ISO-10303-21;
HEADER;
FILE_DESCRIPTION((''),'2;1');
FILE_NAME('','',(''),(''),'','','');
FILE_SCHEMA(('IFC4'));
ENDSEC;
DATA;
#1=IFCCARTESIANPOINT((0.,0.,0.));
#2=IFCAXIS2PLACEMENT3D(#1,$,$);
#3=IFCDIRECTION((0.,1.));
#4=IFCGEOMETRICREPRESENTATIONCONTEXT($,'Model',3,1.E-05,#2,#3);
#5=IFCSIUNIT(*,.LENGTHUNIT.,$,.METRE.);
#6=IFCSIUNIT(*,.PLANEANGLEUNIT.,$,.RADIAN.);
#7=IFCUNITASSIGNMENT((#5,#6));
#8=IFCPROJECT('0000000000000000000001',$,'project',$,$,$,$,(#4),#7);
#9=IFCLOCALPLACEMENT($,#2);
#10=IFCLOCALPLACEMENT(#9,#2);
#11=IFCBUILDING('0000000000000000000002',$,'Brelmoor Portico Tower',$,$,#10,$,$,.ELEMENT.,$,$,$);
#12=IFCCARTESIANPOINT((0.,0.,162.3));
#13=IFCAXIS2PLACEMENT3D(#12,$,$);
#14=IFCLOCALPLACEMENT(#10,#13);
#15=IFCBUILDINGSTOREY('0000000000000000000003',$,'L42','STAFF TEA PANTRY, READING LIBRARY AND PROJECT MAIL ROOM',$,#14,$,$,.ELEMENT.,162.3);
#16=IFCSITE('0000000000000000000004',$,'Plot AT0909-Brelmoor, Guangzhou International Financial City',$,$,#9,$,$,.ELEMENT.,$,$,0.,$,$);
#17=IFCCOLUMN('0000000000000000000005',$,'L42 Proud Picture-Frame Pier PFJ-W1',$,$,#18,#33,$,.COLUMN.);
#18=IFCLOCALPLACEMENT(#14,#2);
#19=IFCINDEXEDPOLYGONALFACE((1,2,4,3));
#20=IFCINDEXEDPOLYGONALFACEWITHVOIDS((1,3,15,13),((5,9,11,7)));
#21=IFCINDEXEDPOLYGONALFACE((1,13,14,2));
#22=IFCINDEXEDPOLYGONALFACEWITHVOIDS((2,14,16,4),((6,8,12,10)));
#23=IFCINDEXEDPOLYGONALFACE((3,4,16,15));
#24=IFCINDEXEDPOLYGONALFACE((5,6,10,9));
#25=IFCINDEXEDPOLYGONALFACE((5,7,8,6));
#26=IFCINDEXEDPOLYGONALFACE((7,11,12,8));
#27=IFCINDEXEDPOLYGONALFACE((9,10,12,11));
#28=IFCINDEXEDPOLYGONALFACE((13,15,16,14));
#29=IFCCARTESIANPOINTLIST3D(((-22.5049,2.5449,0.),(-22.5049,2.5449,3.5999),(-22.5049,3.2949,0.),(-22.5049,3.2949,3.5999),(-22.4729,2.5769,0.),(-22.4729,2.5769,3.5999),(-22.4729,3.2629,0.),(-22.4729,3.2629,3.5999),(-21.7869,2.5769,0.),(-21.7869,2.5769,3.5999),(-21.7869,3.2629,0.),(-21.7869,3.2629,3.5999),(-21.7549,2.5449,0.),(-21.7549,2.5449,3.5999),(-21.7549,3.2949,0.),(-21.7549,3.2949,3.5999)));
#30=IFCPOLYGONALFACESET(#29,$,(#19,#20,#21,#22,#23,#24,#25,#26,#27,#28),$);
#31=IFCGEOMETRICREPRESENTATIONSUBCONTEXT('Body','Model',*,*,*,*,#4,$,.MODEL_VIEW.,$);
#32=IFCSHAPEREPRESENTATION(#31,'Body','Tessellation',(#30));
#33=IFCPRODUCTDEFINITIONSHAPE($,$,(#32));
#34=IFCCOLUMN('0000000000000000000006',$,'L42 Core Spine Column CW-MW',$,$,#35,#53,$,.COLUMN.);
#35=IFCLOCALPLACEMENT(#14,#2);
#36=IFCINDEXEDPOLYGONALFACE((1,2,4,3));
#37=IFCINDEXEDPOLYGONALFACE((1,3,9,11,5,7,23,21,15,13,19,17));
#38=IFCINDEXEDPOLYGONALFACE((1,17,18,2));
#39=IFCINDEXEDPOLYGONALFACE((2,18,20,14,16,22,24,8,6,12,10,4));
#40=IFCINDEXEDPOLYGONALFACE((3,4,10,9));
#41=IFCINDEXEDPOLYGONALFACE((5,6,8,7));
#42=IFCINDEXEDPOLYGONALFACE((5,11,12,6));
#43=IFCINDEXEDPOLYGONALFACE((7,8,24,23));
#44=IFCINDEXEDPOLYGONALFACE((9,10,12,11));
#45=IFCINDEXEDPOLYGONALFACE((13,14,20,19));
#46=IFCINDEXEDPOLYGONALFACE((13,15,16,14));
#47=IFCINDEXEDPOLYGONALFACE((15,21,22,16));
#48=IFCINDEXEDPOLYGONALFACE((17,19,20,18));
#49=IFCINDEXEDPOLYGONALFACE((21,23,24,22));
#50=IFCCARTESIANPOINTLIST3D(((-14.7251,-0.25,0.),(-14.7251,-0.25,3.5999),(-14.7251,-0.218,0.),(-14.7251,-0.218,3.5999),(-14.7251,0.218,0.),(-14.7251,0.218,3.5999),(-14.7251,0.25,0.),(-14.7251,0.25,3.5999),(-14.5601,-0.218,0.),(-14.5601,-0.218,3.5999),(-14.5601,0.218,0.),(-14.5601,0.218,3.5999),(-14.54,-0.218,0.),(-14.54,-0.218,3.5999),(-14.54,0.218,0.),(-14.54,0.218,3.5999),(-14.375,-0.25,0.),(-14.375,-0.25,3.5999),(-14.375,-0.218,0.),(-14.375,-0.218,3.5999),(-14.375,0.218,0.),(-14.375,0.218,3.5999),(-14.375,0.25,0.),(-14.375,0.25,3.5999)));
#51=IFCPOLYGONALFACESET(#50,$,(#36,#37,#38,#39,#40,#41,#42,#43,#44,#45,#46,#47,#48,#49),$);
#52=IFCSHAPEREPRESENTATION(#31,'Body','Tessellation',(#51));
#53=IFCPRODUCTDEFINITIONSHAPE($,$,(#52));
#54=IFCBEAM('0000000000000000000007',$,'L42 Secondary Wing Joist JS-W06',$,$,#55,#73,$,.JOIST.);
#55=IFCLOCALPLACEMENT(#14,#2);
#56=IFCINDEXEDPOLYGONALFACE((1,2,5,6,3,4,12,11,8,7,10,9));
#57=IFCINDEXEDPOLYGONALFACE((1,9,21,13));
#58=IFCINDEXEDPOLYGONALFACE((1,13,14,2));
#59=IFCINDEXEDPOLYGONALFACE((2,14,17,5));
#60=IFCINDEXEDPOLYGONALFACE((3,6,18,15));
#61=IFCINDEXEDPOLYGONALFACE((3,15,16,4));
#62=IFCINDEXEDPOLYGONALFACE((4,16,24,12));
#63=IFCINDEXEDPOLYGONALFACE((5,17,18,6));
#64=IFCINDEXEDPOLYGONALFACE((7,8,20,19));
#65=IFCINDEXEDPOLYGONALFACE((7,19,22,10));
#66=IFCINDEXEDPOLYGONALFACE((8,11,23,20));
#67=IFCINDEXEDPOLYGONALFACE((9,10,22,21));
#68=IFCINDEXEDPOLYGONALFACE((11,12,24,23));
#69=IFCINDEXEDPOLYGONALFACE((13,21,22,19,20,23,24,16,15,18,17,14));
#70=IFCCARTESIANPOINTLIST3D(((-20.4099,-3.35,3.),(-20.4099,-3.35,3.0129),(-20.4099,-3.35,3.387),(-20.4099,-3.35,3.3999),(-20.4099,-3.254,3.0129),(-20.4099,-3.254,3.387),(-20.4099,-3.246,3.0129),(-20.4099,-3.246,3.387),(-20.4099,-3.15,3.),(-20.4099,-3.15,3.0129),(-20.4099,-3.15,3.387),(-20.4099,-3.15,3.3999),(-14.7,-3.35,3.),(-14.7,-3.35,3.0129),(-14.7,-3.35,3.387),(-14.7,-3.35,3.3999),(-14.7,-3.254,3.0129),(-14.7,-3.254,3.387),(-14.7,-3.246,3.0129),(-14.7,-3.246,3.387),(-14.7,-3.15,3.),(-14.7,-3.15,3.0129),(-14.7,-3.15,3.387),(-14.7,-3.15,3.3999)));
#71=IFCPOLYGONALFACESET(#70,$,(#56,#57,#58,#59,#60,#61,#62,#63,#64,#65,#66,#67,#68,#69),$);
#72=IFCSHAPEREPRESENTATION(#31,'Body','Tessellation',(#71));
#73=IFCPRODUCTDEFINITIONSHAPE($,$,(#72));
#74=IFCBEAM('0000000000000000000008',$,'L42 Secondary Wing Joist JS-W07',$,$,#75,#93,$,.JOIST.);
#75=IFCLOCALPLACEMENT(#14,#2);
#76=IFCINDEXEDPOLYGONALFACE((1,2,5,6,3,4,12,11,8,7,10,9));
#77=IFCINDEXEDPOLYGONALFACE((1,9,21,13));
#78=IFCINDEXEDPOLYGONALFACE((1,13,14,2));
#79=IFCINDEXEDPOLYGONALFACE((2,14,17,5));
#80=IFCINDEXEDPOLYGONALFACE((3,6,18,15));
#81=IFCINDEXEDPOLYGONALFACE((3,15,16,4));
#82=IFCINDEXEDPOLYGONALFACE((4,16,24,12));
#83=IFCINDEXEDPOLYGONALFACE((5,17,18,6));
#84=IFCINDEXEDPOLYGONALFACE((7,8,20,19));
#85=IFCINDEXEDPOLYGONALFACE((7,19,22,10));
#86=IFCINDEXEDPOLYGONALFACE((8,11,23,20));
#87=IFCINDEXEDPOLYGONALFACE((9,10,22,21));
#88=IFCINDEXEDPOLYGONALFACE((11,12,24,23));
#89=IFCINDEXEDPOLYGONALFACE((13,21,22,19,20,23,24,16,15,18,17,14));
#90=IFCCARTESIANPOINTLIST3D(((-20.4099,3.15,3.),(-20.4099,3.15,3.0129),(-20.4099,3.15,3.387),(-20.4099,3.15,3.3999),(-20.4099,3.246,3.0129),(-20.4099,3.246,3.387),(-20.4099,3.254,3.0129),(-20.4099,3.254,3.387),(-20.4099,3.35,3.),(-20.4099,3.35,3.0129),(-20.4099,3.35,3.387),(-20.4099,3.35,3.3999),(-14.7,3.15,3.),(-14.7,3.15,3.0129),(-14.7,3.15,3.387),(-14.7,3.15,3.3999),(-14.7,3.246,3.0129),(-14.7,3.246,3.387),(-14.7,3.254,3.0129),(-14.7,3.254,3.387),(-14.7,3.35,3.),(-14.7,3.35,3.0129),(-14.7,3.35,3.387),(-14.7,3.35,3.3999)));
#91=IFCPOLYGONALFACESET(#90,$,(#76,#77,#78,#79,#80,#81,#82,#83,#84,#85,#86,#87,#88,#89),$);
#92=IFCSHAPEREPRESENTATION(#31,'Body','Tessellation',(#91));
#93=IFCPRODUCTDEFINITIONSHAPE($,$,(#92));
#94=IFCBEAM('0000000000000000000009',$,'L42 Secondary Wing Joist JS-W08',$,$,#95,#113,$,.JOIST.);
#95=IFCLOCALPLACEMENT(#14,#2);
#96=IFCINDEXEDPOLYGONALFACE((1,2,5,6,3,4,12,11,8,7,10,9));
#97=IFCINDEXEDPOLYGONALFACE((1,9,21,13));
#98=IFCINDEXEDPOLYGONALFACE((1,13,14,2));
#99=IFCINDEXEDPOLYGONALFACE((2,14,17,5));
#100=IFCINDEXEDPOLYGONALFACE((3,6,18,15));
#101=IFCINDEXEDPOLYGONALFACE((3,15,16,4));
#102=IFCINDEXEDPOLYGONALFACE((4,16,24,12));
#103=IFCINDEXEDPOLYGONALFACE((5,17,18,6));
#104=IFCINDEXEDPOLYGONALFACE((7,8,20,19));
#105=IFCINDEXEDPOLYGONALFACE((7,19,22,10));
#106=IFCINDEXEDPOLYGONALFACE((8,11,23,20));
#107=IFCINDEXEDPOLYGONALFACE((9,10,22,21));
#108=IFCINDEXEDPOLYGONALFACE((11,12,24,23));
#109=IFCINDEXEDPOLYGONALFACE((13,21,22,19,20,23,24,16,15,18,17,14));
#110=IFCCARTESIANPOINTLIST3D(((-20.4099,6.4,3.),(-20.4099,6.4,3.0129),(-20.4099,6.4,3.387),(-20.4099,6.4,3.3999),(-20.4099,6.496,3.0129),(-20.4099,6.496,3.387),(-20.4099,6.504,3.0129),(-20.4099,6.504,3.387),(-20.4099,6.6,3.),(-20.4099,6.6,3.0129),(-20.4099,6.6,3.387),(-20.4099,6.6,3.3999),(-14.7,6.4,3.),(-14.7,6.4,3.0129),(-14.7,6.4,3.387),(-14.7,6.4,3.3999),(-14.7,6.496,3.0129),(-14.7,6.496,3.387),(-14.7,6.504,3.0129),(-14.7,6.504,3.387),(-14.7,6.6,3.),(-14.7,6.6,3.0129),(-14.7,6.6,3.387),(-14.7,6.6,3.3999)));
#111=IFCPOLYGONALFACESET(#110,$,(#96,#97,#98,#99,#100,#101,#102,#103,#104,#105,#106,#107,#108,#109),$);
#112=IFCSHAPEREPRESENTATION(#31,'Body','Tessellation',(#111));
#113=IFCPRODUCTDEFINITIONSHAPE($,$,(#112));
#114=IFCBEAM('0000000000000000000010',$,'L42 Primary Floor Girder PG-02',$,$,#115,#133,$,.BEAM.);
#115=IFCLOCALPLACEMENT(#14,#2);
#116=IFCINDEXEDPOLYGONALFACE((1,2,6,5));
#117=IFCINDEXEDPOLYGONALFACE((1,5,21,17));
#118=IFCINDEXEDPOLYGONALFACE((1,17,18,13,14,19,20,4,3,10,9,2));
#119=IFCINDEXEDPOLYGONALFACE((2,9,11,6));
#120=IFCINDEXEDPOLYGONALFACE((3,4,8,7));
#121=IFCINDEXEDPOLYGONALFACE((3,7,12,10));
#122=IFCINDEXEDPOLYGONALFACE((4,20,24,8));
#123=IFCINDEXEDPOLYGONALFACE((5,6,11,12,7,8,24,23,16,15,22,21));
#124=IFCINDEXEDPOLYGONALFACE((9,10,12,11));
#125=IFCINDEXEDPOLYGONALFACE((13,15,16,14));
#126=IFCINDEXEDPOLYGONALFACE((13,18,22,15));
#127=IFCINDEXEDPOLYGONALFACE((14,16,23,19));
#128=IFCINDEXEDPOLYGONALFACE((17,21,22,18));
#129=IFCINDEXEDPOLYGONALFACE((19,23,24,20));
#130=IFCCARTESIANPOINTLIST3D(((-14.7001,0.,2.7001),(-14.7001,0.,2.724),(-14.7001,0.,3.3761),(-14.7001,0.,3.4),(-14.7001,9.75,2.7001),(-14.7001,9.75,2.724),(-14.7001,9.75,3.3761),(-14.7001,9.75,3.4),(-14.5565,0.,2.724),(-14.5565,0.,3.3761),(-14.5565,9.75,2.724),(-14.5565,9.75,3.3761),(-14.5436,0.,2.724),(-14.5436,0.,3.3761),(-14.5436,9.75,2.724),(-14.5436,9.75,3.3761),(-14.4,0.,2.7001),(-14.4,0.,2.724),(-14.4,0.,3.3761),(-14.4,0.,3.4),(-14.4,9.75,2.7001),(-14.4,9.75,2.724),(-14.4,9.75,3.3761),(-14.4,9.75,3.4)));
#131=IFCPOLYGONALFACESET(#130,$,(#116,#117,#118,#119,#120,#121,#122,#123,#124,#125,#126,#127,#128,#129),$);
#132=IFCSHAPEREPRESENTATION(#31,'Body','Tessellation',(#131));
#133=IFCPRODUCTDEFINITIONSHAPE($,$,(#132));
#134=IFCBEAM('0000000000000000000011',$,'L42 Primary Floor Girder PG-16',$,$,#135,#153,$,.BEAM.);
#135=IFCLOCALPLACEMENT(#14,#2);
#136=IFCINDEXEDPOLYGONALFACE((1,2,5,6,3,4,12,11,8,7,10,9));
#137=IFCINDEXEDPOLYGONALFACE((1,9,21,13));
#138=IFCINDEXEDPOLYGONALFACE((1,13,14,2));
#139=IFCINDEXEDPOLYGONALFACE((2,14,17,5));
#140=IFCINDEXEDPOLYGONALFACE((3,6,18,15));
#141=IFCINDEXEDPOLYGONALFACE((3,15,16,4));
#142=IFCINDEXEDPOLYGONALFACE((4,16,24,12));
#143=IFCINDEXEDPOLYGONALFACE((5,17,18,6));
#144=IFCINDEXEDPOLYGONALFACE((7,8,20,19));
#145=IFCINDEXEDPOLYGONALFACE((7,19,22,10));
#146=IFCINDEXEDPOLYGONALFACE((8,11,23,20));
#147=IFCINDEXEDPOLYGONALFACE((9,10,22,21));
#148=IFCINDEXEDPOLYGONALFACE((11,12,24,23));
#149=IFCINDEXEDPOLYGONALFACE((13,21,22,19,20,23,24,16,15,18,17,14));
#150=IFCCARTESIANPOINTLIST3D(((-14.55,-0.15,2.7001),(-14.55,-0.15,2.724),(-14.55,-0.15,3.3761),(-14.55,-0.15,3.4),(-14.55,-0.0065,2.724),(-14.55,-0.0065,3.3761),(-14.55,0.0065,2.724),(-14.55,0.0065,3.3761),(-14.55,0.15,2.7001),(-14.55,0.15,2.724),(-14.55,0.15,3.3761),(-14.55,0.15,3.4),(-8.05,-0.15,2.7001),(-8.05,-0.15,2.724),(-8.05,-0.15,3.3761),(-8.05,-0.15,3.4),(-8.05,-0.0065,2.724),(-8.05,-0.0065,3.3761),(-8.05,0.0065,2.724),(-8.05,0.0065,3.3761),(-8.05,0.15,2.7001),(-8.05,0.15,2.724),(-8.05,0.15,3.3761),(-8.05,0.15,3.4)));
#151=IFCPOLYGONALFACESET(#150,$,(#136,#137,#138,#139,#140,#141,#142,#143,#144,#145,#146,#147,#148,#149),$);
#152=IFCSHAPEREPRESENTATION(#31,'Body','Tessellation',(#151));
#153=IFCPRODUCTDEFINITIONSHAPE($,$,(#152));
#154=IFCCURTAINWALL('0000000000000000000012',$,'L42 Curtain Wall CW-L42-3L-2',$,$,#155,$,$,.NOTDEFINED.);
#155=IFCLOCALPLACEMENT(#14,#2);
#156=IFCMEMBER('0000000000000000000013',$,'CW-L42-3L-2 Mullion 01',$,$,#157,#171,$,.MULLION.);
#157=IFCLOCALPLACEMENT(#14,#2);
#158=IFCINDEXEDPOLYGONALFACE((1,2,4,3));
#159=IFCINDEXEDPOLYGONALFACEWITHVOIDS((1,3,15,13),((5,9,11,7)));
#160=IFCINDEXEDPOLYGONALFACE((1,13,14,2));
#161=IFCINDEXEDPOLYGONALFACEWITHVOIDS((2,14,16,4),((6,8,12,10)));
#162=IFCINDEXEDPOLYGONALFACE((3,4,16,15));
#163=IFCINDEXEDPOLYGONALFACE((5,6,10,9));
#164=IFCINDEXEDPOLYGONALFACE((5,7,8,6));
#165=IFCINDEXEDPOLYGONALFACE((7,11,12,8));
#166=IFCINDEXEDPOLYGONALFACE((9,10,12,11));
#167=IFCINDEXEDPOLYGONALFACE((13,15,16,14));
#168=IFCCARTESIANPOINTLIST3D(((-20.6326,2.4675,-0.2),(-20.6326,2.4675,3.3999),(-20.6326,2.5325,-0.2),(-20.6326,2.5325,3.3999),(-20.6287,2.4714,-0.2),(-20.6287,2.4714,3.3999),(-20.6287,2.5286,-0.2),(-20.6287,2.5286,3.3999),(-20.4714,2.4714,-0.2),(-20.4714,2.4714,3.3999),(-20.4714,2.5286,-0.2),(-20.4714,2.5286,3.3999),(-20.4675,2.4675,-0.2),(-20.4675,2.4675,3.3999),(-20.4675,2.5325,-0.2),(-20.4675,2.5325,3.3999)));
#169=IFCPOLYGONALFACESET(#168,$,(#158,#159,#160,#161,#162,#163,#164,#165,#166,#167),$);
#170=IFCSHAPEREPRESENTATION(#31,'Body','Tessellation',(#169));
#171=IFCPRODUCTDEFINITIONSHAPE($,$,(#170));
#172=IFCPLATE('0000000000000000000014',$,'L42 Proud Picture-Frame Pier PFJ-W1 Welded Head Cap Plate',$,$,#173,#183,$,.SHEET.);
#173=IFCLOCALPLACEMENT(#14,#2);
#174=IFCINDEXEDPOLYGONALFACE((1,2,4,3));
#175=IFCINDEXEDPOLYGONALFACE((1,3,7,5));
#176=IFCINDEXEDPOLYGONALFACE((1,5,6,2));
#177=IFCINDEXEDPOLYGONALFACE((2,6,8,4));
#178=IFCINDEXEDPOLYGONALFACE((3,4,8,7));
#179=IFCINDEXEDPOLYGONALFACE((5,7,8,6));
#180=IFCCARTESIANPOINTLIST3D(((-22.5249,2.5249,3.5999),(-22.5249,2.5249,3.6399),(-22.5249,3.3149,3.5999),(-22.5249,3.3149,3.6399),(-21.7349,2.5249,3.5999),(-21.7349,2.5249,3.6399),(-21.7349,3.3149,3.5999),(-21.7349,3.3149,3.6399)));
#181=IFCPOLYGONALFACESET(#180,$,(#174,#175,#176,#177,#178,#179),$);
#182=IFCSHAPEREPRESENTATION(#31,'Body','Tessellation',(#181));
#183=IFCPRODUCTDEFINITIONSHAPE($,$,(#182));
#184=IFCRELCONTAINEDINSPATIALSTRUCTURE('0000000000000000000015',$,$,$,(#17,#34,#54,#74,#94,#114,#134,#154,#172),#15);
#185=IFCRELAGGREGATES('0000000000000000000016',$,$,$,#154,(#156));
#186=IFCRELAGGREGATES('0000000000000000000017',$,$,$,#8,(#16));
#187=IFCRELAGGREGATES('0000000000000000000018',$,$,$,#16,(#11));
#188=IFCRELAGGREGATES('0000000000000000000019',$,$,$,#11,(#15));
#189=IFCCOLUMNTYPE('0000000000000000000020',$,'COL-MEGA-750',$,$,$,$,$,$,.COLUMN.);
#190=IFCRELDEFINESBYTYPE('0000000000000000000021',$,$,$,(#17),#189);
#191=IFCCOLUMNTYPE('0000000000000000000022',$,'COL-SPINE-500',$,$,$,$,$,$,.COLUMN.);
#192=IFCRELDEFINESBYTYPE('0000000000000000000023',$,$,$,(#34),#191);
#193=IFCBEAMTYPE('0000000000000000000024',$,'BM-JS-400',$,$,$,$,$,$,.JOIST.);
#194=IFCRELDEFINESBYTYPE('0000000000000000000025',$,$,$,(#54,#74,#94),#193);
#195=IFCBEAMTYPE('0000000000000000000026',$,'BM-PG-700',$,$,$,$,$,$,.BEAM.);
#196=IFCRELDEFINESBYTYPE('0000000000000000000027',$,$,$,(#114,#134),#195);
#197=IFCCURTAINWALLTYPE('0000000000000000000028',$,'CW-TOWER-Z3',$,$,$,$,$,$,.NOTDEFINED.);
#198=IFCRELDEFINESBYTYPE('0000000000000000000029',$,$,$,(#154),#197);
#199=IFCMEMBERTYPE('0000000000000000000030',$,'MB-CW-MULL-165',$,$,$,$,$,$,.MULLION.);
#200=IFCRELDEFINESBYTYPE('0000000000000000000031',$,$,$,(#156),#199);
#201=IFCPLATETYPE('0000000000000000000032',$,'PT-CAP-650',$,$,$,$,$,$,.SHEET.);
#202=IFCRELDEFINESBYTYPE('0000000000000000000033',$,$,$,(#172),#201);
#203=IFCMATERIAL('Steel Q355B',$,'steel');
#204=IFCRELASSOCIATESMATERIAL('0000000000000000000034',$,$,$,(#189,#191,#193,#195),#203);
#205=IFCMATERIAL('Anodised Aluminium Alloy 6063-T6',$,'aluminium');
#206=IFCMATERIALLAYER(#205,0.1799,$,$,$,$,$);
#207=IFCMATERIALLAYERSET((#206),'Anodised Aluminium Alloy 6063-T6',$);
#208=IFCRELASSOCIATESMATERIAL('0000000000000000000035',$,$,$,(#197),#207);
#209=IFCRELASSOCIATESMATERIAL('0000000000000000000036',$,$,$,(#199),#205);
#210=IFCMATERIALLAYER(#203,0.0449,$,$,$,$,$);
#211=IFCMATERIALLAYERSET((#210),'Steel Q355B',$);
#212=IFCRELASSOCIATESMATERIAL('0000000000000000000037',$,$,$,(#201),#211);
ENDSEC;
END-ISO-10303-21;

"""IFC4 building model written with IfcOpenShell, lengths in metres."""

from ifc_helpers import new_model, si_unit, direction, frame, origin, origin_2d, place, context, subcontext, project, spatial, rectangle, hollow_rectangle, i_section, extrude, material, layer, layer_set, material_profile, profile_set, type_object, element, aggregate, save


model = new_model("IFC4")

# Units and contexts
model_context = context("Model", 3, precision=1e-05, world=origin(), true_north=direction((0.0, 1.0)))
body_context = subcontext(model_context, "Body", "Model", "MODEL_VIEW")
ifc_project = project(units=[si_unit("LENGTHUNIT", "METRE"), si_unit("PLANEANGLEUNIT", "RADIAN")], contexts=[model_context])

# Site, building, storey
site_placement = place(None, origin())
site = spatial("IfcSite", under=ifc_project, at=site_placement, Name="Plot AT0909-Brelmoor, Guangzhou International Financial City", CompositionType="ELEMENT", RefElevation=0.0)
building_placement = place(site_placement, origin())
building = spatial("IfcBuilding", under=site, at=building_placement, Name="Brelmoor Portico Tower", CompositionType="ELEMENT")
storey_placement = place(building_placement, frame((0.0, 0.0, 162.3)))
storey = spatial("IfcBuildingStorey", under=building, at=storey_placement, Name="L42", Description="STAFF TEA PANTRY, READING LIBRARY AND PROJECT MAIL ROOM", CompositionType="ELEMENT", Elevation=162.3)

# Columns
ifc_material_1 = material(Name="Steel Q355B", Category="steel")
ifc_material_profile_1 = material_profile(ifc_material_1, hollow_rectangle(XDim=0.75, YDim=0.75, WallThickness=0.032, at=origin_2d()), Name="BOX 750x750x32")
ifc_profile_set_1 = profile_set([ifc_material_profile_1], Name="Steel Q355B")
column_type_1 = type_object("IfcColumnType", Name="COL-MEGA-750", PredefinedType="COLUMN", material=ifc_profile_set_1)
column_1_placement = place(storey_placement, frame((-22.1299, 2.9199, 0.0), z_axis=(0.0, 0.0, 1.0), x_axis=(0.0, 1.0, 0.0)))
element("IfcColumn", 1, at=column_1_placement, inside=storey, type_object=column_type_1, Name="L42 Proud Picture-Frame Pier PFJ-W1", PredefinedType="COLUMN", context=body_context, shape_type="SweptSolid", body=[
    extrude(hollow_rectangle(XDim=0.75, YDim=0.75, WallThickness=0.032, at=origin_2d()), origin(), (0.0, 0.0, 1.0), 3.5999),
])
ifc_material_profile_2 = material_profile(ifc_material_1, i_section(OverallWidth=0.3501, OverallDepth=0.5, WebThickness=0.02, FlangeThickness=0.032, at=origin_2d()), Name="HW 500x350x20x32")
ifc_profile_set_2 = profile_set([ifc_material_profile_2], Name="Steel Q355B")
column_type_2 = type_object("IfcColumnType", Name="COL-SPINE-500", PredefinedType="COLUMN", material=ifc_profile_set_2)
column_2_placement = place(storey_placement, frame((-14.55, 0.0, 0.0), z_axis=(0.0, 0.0, 1.0), x_axis=(1.0, 0.0, 0.0)))
element("IfcColumn", 2, at=column_2_placement, inside=storey, type_object=column_type_2, Name="L42 Core Spine Column CW-MW", PredefinedType="COLUMN", context=body_context, shape_type="SweptSolid", body=[
    extrude(i_section(OverallWidth=0.3501, OverallDepth=0.5, WebThickness=0.02, FlangeThickness=0.032, at=origin_2d()), origin(), (0.0, 0.0, 1.0), 3.5999),
])

# Beams
ifc_material_profile_3 = material_profile(ifc_material_1, i_section(OverallWidth=0.2, OverallDepth=0.3999, WebThickness=0.0081, FlangeThickness=0.0129, at=origin_2d()), Name="HN 400x200x8x13")
ifc_profile_set_3 = profile_set([ifc_material_profile_3], Name="Steel Q355B")
beam_type_1 = type_object("IfcBeamType", Name="BM-JS-400", PredefinedType="JOIST", material=ifc_profile_set_3)
for number, where, z_axis, x_axis, name in (
    (3, (-20.4099, -3.25, 3.2), (1.0, 0.0, 0.0), (0.0, 1.0, 0.0), "L42 Secondary Wing Joist JS-W06"),
    (4, (-20.4099, 3.25, 3.2), (1.0, 0.0, 0.0), (0.0, 1.0, 0.0), "L42 Secondary Wing Joist JS-W07"),
    (5, (-20.4099, 6.5, 3.2), (1.0, 0.0, 0.0), (0.0, 1.0, 0.0), "L42 Secondary Wing Joist JS-W08"),
):
    element("IfcBeam", number, at=place(storey_placement, frame(where, z_axis=z_axis, x_axis=x_axis)), inside=storey, type_object=beam_type_1, Name=name, PredefinedType="JOIST", context=body_context, shape_type="SweptSolid", body=[
        extrude(i_section(OverallWidth=0.2, OverallDepth=0.3999, WebThickness=0.0081, FlangeThickness=0.0129, at=origin_2d()), origin(), (0.0, 0.0, 1.0), 5.71),
    ])
ifc_material_profile_4 = material_profile(ifc_material_1, i_section(OverallWidth=0.3, OverallDepth=0.7, WebThickness=0.0129, FlangeThickness=0.0239, at=origin_2d()), Name="HN 700x300x13x24")
ifc_profile_set_4 = profile_set([ifc_material_profile_4], Name="Steel Q355B")
beam_type_2 = type_object("IfcBeamType", Name="BM-PG-700", PredefinedType="BEAM", material=ifc_profile_set_4)
beam_1_placement = place(storey_placement, frame((-14.55, 0.0, 3.05), z_axis=(0.0, 1.0, 0.0), x_axis=(-1.0, 0.0, 0.0)))
element("IfcBeam", 6, at=beam_1_placement, inside=storey, type_object=beam_type_2, Name="L42 Primary Floor Girder PG-02", PredefinedType="BEAM", context=body_context, shape_type="SweptSolid", body=[
    extrude(i_section(OverallWidth=0.3, OverallDepth=0.7, WebThickness=0.0129, FlangeThickness=0.0239, at=origin_2d()), origin(), (0.0, 0.0, 1.0), 9.75),
])
beam_2_placement = place(storey_placement, frame((-14.55, 0.0, 3.05), z_axis=(1.0, 0.0, 0.0), x_axis=(0.0, 1.0, 0.0)))
element("IfcBeam", 7, at=beam_2_placement, inside=storey, type_object=beam_type_2, Name="L42 Primary Floor Girder PG-16", PredefinedType="BEAM", context=body_context, shape_type="SweptSolid", body=[
    extrude(i_section(OverallWidth=0.3, OverallDepth=0.7, WebThickness=0.0129, FlangeThickness=0.0239, at=origin_2d()), origin(), (0.0, 0.0, 1.0), 6.5),
])

# Curtain wall, member
ifc_material_2 = material(Name="Anodised Aluminium Alloy 6063-T6", Category="aluminium")
ifc_layer_1 = layer(ifc_material_2, 0.1799)
ifc_layer_set_1 = layer_set([ifc_layer_1], Name="Anodised Aluminium Alloy 6063-T6")
curtain_wall_type = type_object("IfcCurtainWallType", Name="CW-TOWER-Z3", PredefinedType="NOTDEFINED", material=ifc_layer_set_1)
curtain_wall_placement = place(storey_placement, origin())
curtain_wall = element("IfcCurtainWall", 8, at=curtain_wall_placement, inside=storey, type_object=curtain_wall_type, Name="L42 Curtain Wall CW-L42-3L-2", PredefinedType="NOTDEFINED")
ifc_material_profile_5 = material_profile(ifc_material_2, hollow_rectangle(XDim=0.0649, YDim=0.165, WallThickness=0.0039, at=origin_2d()), Name="ALU MULLION 65x165")
ifc_profile_set_5 = profile_set([ifc_material_profile_5], Name="Anodised Aluminium Alloy 6063-T6")
member_type = type_object("IfcMemberType", Name="MB-CW-MULL-165", PredefinedType="MULLION", material=ifc_profile_set_5)
member_placement = place(storey_placement, frame((-20.55, 2.5, -0.2), z_axis=(0.0, 0.0, 1.0), x_axis=(0.0, 1.0, 0.0)))
member = element("IfcMember", 9, at=member_placement, type_object=member_type, Name="CW-L42-3L-2 Mullion 01", PredefinedType="MULLION", context=body_context, shape_type="SweptSolid", body=[
    extrude(hollow_rectangle(XDim=0.0649, YDim=0.165, WallThickness=0.0039, at=origin_2d()), origin(), (0.0, 0.0, 1.0), 3.5999),
])

# Plate
ifc_layer_2 = layer(ifc_material_1, 0.0449)
ifc_layer_set_2 = layer_set([ifc_layer_2], Name="Steel Q355B")
plate_type_1 = type_object("IfcPlateType", Name="PT-CAP-650", PredefinedType="SHEET", material=ifc_layer_set_2)
plate_1_placement = place(storey_placement, frame((-22.1299, 2.9199, 3.5999), z_axis=(0.0, 0.0, 1.0), x_axis=(0.0, 1.0, 0.0)))
element("IfcPlate", 10, at=plate_1_placement, inside=storey, type_object=plate_type_1, Name="L42 Proud Picture-Frame Pier PFJ-W1 Welded Head Cap Plate", PredefinedType="SHEET", context=body_context, shape_type="SweptSolid", body=[
    extrude(rectangle(XDim=0.79, YDim=0.79, at=origin_2d()), origin(), (0.0, 0.0, 1.0), 0.04),
])
aggregate(curtain_wall, [member])

save(model, "model.ifc")
